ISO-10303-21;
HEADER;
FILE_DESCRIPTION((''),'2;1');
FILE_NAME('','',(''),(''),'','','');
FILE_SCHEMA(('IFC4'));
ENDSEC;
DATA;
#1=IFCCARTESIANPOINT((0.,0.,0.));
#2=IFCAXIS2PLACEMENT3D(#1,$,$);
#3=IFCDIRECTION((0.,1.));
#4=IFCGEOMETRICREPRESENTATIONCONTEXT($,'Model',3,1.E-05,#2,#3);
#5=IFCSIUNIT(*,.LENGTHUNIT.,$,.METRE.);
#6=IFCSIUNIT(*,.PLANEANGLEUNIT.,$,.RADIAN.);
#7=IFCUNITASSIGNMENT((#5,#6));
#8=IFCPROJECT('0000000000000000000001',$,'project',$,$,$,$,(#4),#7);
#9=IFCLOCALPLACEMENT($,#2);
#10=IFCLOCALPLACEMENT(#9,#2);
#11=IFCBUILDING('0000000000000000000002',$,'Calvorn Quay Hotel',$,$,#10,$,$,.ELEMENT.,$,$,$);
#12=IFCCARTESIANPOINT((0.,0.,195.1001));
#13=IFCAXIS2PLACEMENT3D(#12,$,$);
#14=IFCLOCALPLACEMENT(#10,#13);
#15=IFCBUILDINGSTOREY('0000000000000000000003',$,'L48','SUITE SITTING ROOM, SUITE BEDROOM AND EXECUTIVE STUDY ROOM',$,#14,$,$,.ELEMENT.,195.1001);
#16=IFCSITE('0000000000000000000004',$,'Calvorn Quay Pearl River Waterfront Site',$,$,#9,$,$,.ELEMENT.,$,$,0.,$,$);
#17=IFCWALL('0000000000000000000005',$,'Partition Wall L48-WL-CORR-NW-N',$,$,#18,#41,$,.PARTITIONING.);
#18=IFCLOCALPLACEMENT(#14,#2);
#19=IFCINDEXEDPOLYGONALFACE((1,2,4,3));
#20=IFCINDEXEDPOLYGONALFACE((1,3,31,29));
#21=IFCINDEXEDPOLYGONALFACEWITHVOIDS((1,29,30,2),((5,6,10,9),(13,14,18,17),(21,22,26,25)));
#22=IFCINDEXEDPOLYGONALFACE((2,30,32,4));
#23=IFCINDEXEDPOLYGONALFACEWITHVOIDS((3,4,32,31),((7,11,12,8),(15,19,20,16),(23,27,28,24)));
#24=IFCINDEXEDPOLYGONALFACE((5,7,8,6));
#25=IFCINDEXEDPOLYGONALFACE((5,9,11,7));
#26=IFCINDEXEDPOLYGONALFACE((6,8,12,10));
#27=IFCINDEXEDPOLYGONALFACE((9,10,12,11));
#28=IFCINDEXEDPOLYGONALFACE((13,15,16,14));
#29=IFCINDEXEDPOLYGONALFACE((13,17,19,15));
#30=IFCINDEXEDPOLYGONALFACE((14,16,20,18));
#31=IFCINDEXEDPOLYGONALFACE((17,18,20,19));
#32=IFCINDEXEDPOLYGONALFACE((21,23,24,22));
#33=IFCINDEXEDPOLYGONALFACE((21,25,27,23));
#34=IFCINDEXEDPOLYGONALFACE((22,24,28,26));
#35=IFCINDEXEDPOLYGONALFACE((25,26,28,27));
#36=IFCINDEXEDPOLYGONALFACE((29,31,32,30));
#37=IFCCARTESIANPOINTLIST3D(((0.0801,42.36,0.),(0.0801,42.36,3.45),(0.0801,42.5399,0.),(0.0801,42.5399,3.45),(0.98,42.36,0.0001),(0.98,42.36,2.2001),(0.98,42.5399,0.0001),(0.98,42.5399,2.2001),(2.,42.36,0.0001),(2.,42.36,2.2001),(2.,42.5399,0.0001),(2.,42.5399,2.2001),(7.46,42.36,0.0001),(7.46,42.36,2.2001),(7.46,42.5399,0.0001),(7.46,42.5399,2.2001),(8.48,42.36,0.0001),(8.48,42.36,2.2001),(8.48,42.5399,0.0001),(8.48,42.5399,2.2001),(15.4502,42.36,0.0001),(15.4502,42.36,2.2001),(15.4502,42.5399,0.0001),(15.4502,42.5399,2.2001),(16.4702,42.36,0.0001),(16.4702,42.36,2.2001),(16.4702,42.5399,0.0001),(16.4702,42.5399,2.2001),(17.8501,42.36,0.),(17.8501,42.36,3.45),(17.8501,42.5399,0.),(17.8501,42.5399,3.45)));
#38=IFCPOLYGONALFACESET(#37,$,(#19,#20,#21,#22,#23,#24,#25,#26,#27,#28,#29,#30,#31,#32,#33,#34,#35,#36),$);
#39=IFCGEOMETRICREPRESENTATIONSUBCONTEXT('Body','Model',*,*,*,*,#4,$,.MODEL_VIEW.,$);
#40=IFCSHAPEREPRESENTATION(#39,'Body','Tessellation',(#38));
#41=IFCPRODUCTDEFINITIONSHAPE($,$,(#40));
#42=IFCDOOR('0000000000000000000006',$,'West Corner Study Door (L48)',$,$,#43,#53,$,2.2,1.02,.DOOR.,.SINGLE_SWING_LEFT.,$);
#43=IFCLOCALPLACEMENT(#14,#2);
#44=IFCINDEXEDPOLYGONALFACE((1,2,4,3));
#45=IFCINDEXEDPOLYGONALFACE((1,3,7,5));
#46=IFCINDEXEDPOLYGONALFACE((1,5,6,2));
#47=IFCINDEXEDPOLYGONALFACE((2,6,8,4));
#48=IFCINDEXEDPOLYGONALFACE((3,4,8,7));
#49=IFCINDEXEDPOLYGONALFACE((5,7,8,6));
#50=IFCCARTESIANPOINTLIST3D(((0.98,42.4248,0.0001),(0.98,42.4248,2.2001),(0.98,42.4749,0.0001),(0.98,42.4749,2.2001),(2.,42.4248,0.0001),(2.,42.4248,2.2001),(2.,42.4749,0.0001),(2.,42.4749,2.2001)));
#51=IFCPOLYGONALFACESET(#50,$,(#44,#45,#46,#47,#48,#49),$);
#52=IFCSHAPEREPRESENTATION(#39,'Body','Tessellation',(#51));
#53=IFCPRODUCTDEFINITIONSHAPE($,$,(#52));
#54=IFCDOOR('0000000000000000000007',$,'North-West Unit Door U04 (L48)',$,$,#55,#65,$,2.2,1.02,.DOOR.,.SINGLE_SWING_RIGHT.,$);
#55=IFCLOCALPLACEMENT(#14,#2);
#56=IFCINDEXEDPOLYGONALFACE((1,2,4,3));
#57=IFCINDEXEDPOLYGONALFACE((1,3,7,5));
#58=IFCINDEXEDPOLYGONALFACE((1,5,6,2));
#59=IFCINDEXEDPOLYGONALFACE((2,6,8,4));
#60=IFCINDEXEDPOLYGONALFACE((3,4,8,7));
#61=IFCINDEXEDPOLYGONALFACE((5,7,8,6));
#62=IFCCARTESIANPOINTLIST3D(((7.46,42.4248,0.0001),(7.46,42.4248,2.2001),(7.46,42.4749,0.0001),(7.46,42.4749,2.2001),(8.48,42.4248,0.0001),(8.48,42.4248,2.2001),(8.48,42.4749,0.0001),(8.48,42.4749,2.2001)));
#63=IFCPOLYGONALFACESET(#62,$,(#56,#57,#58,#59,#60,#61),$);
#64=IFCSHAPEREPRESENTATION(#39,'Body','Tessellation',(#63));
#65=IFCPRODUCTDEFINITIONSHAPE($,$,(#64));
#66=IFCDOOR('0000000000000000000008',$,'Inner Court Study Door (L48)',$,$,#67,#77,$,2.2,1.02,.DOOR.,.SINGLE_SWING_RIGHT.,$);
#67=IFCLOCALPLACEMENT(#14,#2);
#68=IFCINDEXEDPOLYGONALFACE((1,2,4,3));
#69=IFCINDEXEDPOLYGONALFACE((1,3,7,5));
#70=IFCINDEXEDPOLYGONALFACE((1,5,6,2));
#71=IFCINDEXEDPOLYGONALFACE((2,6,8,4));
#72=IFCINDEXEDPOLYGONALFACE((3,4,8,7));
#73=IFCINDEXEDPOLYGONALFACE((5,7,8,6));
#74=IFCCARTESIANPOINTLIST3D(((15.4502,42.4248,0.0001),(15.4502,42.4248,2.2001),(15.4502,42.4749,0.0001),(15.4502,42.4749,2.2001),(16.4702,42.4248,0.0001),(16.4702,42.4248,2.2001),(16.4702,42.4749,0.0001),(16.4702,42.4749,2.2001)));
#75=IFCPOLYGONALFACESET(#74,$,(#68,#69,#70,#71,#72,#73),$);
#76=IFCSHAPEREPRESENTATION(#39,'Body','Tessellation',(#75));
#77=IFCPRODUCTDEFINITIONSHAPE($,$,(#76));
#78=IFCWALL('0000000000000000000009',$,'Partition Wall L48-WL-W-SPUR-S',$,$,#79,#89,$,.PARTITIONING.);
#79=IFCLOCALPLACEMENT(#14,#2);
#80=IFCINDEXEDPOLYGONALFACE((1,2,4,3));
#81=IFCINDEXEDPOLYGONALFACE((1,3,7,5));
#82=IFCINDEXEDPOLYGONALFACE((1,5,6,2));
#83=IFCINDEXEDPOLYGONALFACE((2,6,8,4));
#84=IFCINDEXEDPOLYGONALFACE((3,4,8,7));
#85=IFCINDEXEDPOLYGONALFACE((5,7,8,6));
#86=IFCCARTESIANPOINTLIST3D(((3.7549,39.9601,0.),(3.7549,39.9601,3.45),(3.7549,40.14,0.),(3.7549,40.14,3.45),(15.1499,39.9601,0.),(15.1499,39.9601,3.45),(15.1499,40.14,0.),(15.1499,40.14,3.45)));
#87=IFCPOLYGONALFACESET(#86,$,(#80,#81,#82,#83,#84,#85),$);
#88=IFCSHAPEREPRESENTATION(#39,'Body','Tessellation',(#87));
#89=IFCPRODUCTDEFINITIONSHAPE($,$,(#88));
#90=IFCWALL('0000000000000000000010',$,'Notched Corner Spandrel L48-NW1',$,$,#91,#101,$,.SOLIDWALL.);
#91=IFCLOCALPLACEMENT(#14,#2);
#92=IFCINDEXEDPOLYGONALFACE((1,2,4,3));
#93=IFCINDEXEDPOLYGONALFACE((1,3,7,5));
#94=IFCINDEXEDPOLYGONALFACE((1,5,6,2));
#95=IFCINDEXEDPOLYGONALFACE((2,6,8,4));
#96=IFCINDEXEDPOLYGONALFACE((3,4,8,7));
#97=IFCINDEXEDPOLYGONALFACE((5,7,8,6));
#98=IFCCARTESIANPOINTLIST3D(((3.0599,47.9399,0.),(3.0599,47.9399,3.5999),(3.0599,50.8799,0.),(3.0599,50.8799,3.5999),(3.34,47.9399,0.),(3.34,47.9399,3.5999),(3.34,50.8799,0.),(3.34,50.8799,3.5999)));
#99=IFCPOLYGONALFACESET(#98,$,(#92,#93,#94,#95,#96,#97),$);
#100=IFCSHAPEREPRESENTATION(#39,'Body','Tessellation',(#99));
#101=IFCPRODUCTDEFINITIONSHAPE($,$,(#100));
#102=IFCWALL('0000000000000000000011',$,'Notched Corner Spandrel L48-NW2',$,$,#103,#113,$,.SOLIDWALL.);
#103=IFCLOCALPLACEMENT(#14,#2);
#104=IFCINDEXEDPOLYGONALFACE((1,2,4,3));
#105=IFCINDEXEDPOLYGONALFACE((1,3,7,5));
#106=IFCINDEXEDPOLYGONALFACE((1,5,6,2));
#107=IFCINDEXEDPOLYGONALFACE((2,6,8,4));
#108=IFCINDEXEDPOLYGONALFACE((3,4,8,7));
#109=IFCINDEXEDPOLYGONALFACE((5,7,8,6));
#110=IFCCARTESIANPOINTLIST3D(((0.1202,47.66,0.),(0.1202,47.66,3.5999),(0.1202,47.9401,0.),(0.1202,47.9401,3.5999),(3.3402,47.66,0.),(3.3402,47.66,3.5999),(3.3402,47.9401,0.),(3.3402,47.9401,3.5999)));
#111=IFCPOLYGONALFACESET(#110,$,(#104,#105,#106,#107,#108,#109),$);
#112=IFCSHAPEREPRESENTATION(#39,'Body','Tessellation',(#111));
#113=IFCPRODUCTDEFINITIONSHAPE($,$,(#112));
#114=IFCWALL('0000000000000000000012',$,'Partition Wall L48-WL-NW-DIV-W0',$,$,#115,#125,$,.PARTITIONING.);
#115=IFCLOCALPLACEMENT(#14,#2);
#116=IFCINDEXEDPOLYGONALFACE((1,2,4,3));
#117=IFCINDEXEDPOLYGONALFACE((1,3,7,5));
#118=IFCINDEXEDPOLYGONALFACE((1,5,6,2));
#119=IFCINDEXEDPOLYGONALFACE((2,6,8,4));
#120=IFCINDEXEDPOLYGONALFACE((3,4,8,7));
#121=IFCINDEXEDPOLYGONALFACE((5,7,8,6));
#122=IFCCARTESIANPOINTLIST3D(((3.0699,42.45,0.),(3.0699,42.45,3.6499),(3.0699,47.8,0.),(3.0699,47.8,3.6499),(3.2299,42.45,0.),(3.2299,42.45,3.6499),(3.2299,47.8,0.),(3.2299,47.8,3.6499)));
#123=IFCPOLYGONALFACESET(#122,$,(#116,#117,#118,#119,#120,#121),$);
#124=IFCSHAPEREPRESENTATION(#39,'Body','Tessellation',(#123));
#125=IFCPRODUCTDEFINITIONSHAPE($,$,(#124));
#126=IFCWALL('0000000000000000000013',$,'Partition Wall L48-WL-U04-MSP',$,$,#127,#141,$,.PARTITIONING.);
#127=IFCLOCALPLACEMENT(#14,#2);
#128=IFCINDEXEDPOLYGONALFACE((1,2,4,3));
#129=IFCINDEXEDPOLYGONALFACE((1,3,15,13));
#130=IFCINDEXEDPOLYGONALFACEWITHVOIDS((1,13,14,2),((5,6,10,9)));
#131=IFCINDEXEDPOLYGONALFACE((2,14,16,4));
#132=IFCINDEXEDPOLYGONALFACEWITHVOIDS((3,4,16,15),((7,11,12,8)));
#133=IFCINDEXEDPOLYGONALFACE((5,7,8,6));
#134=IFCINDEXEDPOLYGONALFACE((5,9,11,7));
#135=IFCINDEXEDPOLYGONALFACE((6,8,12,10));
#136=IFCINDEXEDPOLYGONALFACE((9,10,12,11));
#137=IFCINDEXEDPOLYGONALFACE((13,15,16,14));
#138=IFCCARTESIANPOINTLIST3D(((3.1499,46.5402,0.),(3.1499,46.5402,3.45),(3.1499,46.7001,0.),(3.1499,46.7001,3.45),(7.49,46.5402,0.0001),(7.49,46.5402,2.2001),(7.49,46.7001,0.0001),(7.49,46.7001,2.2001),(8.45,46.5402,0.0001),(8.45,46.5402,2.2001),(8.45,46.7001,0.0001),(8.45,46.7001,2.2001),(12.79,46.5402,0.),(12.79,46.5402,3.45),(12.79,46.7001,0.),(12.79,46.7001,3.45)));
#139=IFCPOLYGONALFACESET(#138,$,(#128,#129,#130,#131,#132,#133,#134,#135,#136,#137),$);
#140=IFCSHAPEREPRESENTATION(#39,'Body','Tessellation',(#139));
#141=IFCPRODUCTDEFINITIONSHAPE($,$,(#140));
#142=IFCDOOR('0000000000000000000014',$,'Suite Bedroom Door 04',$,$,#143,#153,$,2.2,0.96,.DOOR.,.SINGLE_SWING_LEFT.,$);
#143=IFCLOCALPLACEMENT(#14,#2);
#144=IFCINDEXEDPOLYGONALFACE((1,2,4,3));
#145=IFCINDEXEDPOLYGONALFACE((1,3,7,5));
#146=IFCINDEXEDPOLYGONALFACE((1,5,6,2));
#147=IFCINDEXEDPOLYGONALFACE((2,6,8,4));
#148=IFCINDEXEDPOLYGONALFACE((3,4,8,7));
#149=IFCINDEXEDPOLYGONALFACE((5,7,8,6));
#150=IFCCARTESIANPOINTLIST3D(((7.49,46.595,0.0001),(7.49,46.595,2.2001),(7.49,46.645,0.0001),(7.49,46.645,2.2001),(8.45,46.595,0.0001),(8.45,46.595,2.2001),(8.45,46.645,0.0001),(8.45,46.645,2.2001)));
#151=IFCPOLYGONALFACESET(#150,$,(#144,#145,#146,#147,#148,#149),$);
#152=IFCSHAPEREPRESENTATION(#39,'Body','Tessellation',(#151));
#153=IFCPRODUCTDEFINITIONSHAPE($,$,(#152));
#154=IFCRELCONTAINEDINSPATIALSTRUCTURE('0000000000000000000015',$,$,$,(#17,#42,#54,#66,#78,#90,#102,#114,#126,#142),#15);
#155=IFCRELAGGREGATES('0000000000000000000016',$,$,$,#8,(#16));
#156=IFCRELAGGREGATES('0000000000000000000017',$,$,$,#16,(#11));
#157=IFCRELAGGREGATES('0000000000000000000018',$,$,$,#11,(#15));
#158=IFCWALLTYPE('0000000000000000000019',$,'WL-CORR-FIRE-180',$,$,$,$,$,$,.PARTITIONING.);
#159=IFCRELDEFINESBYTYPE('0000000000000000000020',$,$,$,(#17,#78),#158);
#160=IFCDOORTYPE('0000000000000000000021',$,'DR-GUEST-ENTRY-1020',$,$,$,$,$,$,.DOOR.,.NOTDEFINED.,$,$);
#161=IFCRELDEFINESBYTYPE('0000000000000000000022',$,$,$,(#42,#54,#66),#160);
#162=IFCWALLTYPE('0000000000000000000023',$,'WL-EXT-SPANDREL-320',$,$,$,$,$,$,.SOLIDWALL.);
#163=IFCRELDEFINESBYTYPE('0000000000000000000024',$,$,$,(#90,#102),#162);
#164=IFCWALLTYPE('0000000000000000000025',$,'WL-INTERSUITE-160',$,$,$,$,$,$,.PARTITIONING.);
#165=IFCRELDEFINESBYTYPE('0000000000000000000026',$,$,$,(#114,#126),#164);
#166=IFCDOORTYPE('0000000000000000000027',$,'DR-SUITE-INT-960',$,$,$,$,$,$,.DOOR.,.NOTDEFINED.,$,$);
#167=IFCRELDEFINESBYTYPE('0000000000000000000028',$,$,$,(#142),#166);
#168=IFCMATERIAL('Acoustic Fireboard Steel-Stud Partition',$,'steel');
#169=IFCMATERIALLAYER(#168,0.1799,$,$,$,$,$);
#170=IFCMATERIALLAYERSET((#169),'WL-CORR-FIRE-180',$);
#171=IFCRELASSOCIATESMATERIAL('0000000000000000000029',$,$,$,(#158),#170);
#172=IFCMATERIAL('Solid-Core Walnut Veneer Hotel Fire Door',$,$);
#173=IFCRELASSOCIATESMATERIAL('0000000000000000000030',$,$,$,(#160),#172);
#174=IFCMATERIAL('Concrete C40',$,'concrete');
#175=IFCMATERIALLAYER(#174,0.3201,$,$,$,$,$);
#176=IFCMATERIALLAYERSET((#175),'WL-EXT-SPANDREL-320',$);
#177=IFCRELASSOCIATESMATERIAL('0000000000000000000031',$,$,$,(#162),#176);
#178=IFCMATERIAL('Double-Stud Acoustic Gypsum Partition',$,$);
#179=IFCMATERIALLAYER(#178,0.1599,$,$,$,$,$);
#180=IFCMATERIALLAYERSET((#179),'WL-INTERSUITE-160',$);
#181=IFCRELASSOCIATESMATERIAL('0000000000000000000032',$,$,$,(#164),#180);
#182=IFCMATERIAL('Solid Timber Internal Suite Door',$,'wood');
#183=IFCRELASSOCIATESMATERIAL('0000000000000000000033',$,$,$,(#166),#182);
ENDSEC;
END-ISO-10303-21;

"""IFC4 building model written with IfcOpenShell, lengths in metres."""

from ifc_helpers import new_model, si_unit, direction, frame, frame_2d, origin, place, context, subcontext, project, spatial, rectangle, extrude, material, layer, layer_set, type_object, element, fill, save


model = new_model("IFC4")

# Units and contexts
model_context = context("Model", 3, precision=1e-05, world=origin(), true_north=direction((0.0, 1.0)))
body_context = subcontext(model_context, "Body", "Model", "MODEL_VIEW")
ifc_project = project(units=[si_unit("LENGTHUNIT", "METRE"), si_unit("PLANEANGLEUNIT", "RADIAN")], contexts=[model_context])

# Site, building, storey
site_placement = place(None, origin())
site = spatial("IfcSite", under=ifc_project, at=site_placement, Name="Calvorn Quay Pearl River Waterfront Site", CompositionType="ELEMENT", RefElevation=0.0)
building_placement = place(site_placement, origin())
building = spatial("IfcBuilding", under=site, at=building_placement, Name="Calvorn Quay Hotel", CompositionType="ELEMENT")
storey_placement = place(building_placement, frame((0.0, 0.0, 195.1001)))
storey = spatial("IfcBuildingStorey", under=building, at=storey_placement, Name="L48", Description="SUITE SITTING ROOM, SUITE BEDROOM AND EXECUTIVE STUDY ROOM", CompositionType="ELEMENT", Elevation=195.1001)

# Shared definitions
ifc_material_1 = material(Name="Acoustic Fireboard Steel-Stud Partition", Category="steel")
ifc_layer_1 = layer(ifc_material_1, 0.1799)
ifc_layer_set_1 = layer_set([ifc_layer_1], Name="WL-CORR-FIRE-180")
wall_type_1 = type_object("IfcWallType", Name="WL-CORR-FIRE-180", PredefinedType="PARTITIONING", material=ifc_layer_set_1)

# Wall, openings, doors
wall_1_placement = place(storey_placement, frame((0.0801, 42.45, 0.0), z_axis=(0.0, 0.0, 1.0), x_axis=(1.0, 0.0, 0.0)))
wall_1 = element("IfcWall", 1, at=wall_1_placement, inside=storey, type_object=wall_type_1, Name="Partition Wall L48-WL-CORR-NW-N", PredefinedType="PARTITIONING", context=body_context, shape_type="SweptSolid", body=[
    extrude(rectangle(XDim=17.77, YDim=0.1799, at=frame_2d((8.885, 0.0))), origin(), (0.0, 0.0, 1.0), 3.45),
])
opening_1_placement = place(wall_1_placement, frame((0.8999, 0.0, 0.0)))
opening_1 = element("IfcOpeningElement", 2, at=opening_1_placement, cuts=wall_1, PredefinedType="OPENING", context=body_context, shape_type="SweptSolid", body=[
    extrude(rectangle(XDim=1.02, YDim=2.2, at=frame_2d((0.51, 1.1001))), frame((0.0, 0.0999, 0.0), z_axis=(0.0, -1.0, 0.0), x_axis=(1.0, 0.0, 0.0)), (0.0, 0.0, 1.0), 0.2),
])
opening_2_placement = place(wall_1_placement, frame((7.3799, 0.0, 0.0)))
opening_2 = element("IfcOpeningElement", 3, at=opening_2_placement, cuts=wall_1, PredefinedType="OPENING", context=body_context, shape_type="SweptSolid", body=[
    extrude(rectangle(XDim=1.02, YDim=2.2, at=frame_2d((0.51, 1.1001))), frame((0.0, 0.0999, 0.0), z_axis=(0.0, -1.0, 0.0), x_axis=(1.0, 0.0, 0.0)), (0.0, 0.0, 1.0), 0.2),
])
opening_3_placement = place(wall_1_placement, frame((15.3701, 0.0, 0.0)))
opening_3 = element("IfcOpeningElement", 4, at=opening_3_placement, cuts=wall_1, PredefinedType="OPENING", context=body_context, shape_type="SweptSolid", body=[
    extrude(rectangle(XDim=1.02, YDim=2.2, at=frame_2d((0.51, 1.1001))), frame((0.0, 0.0999, 0.0), z_axis=(0.0, -1.0, 0.0), x_axis=(1.0, 0.0, 0.0)), (0.0, 0.0, 1.0), 0.2),
])
ifc_material_2 = material(Name="Solid-Core Walnut Veneer Hotel Fire Door")
door_type_1 = type_object("IfcDoorType", Name="DR-GUEST-ENTRY-1020", OperationType="NOTDEFINED", PredefinedType="DOOR", material=ifc_material_2)
door_1_placement = place(opening_1_placement, origin())
door_1 = element("IfcDoor", 5, at=door_1_placement, inside=storey, type_object=door_type_1, Name="West Corner Study Door (L48)", OperationType="SINGLE_SWING_LEFT", OverallHeight=2.2, OverallWidth=1.02, PredefinedType="DOOR", context=body_context, shape_type="SweptSolid", body=[
    extrude(rectangle(XDim=1.02, YDim=2.2, at=frame_2d((0.51, 1.1001))), frame((0.0, 0.0249, 0.0), z_axis=(0.0, -1.0, 0.0), x_axis=(1.0, 0.0, 0.0)), (0.0, 0.0, 1.0), 0.05),
])
fill(opening_1, door_1)
door_2_placement = place(opening_2_placement, origin())
door_2 = element("IfcDoor", 6, at=door_2_placement, inside=storey, type_object=door_type_1, Name="North-West Unit Door U04 (L48)", OperationType="SINGLE_SWING_RIGHT", OverallHeight=2.2, OverallWidth=1.02, PredefinedType="DOOR", context=body_context, shape_type="SweptSolid", body=[
    extrude(rectangle(XDim=1.02, YDim=2.2, at=frame_2d((0.51, 1.1001))), frame((0.0, 0.0249, 0.0), z_axis=(0.0, -1.0, 0.0), x_axis=(1.0, 0.0, 0.0)), (0.0, 0.0, 1.0), 0.05),
])
fill(opening_2, door_2)
door_3_placement = place(opening_3_placement, origin())
door_3 = element("IfcDoor", 7, at=door_3_placement, inside=storey, type_object=door_type_1, Name="Inner Court Study Door (L48)", OperationType="SINGLE_SWING_RIGHT", OverallHeight=2.2, OverallWidth=1.02, PredefinedType="DOOR", context=body_context, shape_type="SweptSolid", body=[
    extrude(rectangle(XDim=1.02, YDim=2.2, at=frame_2d((0.51, 1.1001))), frame((0.0, 0.0249, 0.0), z_axis=(0.0, -1.0, 0.0), x_axis=(1.0, 0.0, 0.0)), (0.0, 0.0, 1.0), 0.05),
])
fill(opening_3, door_3)

# Walls
wall_2_placement = place(storey_placement, frame((3.7549, 40.05, 0.0), z_axis=(0.0, 0.0, 1.0), x_axis=(1.0, 0.0, 0.0)))
element("IfcWall", 8, at=wall_2_placement, inside=storey, type_object=wall_type_1, Name="Partition Wall L48-WL-W-SPUR-S", PredefinedType="PARTITIONING", context=body_context, shape_type="SweptSolid", body=[
    extrude(rectangle(XDim=11.395, YDim=0.1799, at=frame_2d((5.6975, 0.0))), origin(), (0.0, 0.0, 1.0), 3.45),
])
ifc_material_3 = material(Name="Concrete C40", Category="concrete")
ifc_layer_2 = layer(ifc_material_3, 0.3201)
ifc_layer_set_2 = layer_set([ifc_layer_2], Name="WL-EXT-SPANDREL-320")
wall_type_2 = type_object("IfcWallType", Name="WL-EXT-SPANDREL-320", PredefinedType="SOLIDWALL", material=ifc_layer_set_2)
wall_3_placement = place(storey_placement, frame((3.2, 50.8799, 0.0), z_axis=(0.0, 0.0, 1.0), x_axis=(0.0, -1.0, 0.0)))
element("IfcWall", 9, at=wall_3_placement, inside=storey, type_object=wall_type_2, Name="Notched Corner Spandrel L48-NW1", PredefinedType="SOLIDWALL", context=body_context, shape_type="SweptSolid", body=[
    extrude(rectangle(XDim=2.9399, YDim=0.28, at=frame_2d((1.47, 0.0))), origin(), (0.0, 0.0, 1.0), 3.5999),
])
wall_4_placement = place(storey_placement, frame((3.3401, 47.8, 0.0), z_axis=(0.0, 0.0, 1.0), x_axis=(-1.0, 0.0, 0.0)))
element("IfcWall", 10, at=wall_4_placement, inside=storey, type_object=wall_type_2, Name="Notched Corner Spandrel L48-NW2", PredefinedType="SOLIDWALL", context=body_context, shape_type="SweptSolid", body=[
    extrude(rectangle(XDim=3.22, YDim=0.28, at=frame_2d((1.6099, 0.0))), origin(), (0.0, 0.0, 1.0), 3.5999),
])
ifc_material_4 = material(Name="Double-Stud Acoustic Gypsum Partition")
ifc_layer_3 = layer(ifc_material_4, 0.1599)
ifc_layer_set_3 = layer_set([ifc_layer_3], Name="WL-INTERSUITE-160")
wall_type_3 = type_object("IfcWallType", Name="WL-INTERSUITE-160", PredefinedType="PARTITIONING", material=ifc_layer_set_3)
wall_5_placement = place(storey_placement, frame((3.1499, 42.45, 0.0), z_axis=(0.0, 0.0, 1.0), x_axis=(0.0, 1.0, 0.0)))
element("IfcWall", 11, at=wall_5_placement, inside=storey, type_object=wall_type_3, Name="Partition Wall L48-WL-NW-DIV-W0", PredefinedType="PARTITIONING", context=body_context, shape_type="SweptSolid", body=[
    extrude(rectangle(XDim=5.3501, YDim=0.1599, at=frame_2d((2.675, 0.0))), origin(), (0.0, 0.0, 1.0), 3.6499),
])

# Wall, opening, door
wall_6_placement = place(storey_placement, frame((3.1499, 46.6201, 0.0), z_axis=(0.0, 0.0, 1.0), x_axis=(1.0, 0.0, 0.0)))
wall_6 = element("IfcWall", 12, at=wall_6_placement, inside=storey, type_object=wall_type_3, Name="Partition Wall L48-WL-U04-MSP", PredefinedType="PARTITIONING", context=body_context, shape_type="SweptSolid", body=[
    extrude(rectangle(XDim=9.6401, YDim=0.1599, at=frame_2d((4.8201, 0.0))), origin(), (0.0, 0.0, 1.0), 3.45),
])
opening_4_placement = place(wall_6_placement, frame((4.3401, 0.0, 0.0)))
opening_4 = element("IfcOpeningElement", 13, at=opening_4_placement, cuts=wall_6, PredefinedType="OPENING", context=body_context, shape_type="SweptSolid", body=[
    extrude(rectangle(XDim=0.96, YDim=2.2, at=frame_2d((0.48, 1.1001))), frame((0.0, 0.0898, 0.0), z_axis=(0.0, -1.0, 0.0), x_axis=(1.0, 0.0, 0.0)), (0.0, 0.0, 1.0), 0.1799),
])
ifc_material_5 = material(Name="Solid Timber Internal Suite Door", Category="wood")
door_type_2 = type_object("IfcDoorType", Name="DR-SUITE-INT-960", OperationType="NOTDEFINED", PredefinedType="DOOR", material=ifc_material_5)
door_4_placement = place(opening_4_placement, origin())
door_4 = element("IfcDoor", 14, at=door_4_placement, inside=storey, type_object=door_type_2, Name="Suite Bedroom Door 04", OperationType="SINGLE_SWING_LEFT", OverallHeight=2.2, OverallWidth=0.96, PredefinedType="DOOR", context=body_context, shape_type="SweptSolid", body=[
    extrude(rectangle(XDim=0.96, YDim=2.2, at=frame_2d((0.48, 1.1001))), frame((0.0, 0.0249, 0.0), z_axis=(0.0, -1.0, 0.0), x_axis=(1.0, 0.0, 0.0)), (0.0, 0.0, 1.0), 0.05),
])
fill(opening_4, door_4)

save(model, "model.ifc")
